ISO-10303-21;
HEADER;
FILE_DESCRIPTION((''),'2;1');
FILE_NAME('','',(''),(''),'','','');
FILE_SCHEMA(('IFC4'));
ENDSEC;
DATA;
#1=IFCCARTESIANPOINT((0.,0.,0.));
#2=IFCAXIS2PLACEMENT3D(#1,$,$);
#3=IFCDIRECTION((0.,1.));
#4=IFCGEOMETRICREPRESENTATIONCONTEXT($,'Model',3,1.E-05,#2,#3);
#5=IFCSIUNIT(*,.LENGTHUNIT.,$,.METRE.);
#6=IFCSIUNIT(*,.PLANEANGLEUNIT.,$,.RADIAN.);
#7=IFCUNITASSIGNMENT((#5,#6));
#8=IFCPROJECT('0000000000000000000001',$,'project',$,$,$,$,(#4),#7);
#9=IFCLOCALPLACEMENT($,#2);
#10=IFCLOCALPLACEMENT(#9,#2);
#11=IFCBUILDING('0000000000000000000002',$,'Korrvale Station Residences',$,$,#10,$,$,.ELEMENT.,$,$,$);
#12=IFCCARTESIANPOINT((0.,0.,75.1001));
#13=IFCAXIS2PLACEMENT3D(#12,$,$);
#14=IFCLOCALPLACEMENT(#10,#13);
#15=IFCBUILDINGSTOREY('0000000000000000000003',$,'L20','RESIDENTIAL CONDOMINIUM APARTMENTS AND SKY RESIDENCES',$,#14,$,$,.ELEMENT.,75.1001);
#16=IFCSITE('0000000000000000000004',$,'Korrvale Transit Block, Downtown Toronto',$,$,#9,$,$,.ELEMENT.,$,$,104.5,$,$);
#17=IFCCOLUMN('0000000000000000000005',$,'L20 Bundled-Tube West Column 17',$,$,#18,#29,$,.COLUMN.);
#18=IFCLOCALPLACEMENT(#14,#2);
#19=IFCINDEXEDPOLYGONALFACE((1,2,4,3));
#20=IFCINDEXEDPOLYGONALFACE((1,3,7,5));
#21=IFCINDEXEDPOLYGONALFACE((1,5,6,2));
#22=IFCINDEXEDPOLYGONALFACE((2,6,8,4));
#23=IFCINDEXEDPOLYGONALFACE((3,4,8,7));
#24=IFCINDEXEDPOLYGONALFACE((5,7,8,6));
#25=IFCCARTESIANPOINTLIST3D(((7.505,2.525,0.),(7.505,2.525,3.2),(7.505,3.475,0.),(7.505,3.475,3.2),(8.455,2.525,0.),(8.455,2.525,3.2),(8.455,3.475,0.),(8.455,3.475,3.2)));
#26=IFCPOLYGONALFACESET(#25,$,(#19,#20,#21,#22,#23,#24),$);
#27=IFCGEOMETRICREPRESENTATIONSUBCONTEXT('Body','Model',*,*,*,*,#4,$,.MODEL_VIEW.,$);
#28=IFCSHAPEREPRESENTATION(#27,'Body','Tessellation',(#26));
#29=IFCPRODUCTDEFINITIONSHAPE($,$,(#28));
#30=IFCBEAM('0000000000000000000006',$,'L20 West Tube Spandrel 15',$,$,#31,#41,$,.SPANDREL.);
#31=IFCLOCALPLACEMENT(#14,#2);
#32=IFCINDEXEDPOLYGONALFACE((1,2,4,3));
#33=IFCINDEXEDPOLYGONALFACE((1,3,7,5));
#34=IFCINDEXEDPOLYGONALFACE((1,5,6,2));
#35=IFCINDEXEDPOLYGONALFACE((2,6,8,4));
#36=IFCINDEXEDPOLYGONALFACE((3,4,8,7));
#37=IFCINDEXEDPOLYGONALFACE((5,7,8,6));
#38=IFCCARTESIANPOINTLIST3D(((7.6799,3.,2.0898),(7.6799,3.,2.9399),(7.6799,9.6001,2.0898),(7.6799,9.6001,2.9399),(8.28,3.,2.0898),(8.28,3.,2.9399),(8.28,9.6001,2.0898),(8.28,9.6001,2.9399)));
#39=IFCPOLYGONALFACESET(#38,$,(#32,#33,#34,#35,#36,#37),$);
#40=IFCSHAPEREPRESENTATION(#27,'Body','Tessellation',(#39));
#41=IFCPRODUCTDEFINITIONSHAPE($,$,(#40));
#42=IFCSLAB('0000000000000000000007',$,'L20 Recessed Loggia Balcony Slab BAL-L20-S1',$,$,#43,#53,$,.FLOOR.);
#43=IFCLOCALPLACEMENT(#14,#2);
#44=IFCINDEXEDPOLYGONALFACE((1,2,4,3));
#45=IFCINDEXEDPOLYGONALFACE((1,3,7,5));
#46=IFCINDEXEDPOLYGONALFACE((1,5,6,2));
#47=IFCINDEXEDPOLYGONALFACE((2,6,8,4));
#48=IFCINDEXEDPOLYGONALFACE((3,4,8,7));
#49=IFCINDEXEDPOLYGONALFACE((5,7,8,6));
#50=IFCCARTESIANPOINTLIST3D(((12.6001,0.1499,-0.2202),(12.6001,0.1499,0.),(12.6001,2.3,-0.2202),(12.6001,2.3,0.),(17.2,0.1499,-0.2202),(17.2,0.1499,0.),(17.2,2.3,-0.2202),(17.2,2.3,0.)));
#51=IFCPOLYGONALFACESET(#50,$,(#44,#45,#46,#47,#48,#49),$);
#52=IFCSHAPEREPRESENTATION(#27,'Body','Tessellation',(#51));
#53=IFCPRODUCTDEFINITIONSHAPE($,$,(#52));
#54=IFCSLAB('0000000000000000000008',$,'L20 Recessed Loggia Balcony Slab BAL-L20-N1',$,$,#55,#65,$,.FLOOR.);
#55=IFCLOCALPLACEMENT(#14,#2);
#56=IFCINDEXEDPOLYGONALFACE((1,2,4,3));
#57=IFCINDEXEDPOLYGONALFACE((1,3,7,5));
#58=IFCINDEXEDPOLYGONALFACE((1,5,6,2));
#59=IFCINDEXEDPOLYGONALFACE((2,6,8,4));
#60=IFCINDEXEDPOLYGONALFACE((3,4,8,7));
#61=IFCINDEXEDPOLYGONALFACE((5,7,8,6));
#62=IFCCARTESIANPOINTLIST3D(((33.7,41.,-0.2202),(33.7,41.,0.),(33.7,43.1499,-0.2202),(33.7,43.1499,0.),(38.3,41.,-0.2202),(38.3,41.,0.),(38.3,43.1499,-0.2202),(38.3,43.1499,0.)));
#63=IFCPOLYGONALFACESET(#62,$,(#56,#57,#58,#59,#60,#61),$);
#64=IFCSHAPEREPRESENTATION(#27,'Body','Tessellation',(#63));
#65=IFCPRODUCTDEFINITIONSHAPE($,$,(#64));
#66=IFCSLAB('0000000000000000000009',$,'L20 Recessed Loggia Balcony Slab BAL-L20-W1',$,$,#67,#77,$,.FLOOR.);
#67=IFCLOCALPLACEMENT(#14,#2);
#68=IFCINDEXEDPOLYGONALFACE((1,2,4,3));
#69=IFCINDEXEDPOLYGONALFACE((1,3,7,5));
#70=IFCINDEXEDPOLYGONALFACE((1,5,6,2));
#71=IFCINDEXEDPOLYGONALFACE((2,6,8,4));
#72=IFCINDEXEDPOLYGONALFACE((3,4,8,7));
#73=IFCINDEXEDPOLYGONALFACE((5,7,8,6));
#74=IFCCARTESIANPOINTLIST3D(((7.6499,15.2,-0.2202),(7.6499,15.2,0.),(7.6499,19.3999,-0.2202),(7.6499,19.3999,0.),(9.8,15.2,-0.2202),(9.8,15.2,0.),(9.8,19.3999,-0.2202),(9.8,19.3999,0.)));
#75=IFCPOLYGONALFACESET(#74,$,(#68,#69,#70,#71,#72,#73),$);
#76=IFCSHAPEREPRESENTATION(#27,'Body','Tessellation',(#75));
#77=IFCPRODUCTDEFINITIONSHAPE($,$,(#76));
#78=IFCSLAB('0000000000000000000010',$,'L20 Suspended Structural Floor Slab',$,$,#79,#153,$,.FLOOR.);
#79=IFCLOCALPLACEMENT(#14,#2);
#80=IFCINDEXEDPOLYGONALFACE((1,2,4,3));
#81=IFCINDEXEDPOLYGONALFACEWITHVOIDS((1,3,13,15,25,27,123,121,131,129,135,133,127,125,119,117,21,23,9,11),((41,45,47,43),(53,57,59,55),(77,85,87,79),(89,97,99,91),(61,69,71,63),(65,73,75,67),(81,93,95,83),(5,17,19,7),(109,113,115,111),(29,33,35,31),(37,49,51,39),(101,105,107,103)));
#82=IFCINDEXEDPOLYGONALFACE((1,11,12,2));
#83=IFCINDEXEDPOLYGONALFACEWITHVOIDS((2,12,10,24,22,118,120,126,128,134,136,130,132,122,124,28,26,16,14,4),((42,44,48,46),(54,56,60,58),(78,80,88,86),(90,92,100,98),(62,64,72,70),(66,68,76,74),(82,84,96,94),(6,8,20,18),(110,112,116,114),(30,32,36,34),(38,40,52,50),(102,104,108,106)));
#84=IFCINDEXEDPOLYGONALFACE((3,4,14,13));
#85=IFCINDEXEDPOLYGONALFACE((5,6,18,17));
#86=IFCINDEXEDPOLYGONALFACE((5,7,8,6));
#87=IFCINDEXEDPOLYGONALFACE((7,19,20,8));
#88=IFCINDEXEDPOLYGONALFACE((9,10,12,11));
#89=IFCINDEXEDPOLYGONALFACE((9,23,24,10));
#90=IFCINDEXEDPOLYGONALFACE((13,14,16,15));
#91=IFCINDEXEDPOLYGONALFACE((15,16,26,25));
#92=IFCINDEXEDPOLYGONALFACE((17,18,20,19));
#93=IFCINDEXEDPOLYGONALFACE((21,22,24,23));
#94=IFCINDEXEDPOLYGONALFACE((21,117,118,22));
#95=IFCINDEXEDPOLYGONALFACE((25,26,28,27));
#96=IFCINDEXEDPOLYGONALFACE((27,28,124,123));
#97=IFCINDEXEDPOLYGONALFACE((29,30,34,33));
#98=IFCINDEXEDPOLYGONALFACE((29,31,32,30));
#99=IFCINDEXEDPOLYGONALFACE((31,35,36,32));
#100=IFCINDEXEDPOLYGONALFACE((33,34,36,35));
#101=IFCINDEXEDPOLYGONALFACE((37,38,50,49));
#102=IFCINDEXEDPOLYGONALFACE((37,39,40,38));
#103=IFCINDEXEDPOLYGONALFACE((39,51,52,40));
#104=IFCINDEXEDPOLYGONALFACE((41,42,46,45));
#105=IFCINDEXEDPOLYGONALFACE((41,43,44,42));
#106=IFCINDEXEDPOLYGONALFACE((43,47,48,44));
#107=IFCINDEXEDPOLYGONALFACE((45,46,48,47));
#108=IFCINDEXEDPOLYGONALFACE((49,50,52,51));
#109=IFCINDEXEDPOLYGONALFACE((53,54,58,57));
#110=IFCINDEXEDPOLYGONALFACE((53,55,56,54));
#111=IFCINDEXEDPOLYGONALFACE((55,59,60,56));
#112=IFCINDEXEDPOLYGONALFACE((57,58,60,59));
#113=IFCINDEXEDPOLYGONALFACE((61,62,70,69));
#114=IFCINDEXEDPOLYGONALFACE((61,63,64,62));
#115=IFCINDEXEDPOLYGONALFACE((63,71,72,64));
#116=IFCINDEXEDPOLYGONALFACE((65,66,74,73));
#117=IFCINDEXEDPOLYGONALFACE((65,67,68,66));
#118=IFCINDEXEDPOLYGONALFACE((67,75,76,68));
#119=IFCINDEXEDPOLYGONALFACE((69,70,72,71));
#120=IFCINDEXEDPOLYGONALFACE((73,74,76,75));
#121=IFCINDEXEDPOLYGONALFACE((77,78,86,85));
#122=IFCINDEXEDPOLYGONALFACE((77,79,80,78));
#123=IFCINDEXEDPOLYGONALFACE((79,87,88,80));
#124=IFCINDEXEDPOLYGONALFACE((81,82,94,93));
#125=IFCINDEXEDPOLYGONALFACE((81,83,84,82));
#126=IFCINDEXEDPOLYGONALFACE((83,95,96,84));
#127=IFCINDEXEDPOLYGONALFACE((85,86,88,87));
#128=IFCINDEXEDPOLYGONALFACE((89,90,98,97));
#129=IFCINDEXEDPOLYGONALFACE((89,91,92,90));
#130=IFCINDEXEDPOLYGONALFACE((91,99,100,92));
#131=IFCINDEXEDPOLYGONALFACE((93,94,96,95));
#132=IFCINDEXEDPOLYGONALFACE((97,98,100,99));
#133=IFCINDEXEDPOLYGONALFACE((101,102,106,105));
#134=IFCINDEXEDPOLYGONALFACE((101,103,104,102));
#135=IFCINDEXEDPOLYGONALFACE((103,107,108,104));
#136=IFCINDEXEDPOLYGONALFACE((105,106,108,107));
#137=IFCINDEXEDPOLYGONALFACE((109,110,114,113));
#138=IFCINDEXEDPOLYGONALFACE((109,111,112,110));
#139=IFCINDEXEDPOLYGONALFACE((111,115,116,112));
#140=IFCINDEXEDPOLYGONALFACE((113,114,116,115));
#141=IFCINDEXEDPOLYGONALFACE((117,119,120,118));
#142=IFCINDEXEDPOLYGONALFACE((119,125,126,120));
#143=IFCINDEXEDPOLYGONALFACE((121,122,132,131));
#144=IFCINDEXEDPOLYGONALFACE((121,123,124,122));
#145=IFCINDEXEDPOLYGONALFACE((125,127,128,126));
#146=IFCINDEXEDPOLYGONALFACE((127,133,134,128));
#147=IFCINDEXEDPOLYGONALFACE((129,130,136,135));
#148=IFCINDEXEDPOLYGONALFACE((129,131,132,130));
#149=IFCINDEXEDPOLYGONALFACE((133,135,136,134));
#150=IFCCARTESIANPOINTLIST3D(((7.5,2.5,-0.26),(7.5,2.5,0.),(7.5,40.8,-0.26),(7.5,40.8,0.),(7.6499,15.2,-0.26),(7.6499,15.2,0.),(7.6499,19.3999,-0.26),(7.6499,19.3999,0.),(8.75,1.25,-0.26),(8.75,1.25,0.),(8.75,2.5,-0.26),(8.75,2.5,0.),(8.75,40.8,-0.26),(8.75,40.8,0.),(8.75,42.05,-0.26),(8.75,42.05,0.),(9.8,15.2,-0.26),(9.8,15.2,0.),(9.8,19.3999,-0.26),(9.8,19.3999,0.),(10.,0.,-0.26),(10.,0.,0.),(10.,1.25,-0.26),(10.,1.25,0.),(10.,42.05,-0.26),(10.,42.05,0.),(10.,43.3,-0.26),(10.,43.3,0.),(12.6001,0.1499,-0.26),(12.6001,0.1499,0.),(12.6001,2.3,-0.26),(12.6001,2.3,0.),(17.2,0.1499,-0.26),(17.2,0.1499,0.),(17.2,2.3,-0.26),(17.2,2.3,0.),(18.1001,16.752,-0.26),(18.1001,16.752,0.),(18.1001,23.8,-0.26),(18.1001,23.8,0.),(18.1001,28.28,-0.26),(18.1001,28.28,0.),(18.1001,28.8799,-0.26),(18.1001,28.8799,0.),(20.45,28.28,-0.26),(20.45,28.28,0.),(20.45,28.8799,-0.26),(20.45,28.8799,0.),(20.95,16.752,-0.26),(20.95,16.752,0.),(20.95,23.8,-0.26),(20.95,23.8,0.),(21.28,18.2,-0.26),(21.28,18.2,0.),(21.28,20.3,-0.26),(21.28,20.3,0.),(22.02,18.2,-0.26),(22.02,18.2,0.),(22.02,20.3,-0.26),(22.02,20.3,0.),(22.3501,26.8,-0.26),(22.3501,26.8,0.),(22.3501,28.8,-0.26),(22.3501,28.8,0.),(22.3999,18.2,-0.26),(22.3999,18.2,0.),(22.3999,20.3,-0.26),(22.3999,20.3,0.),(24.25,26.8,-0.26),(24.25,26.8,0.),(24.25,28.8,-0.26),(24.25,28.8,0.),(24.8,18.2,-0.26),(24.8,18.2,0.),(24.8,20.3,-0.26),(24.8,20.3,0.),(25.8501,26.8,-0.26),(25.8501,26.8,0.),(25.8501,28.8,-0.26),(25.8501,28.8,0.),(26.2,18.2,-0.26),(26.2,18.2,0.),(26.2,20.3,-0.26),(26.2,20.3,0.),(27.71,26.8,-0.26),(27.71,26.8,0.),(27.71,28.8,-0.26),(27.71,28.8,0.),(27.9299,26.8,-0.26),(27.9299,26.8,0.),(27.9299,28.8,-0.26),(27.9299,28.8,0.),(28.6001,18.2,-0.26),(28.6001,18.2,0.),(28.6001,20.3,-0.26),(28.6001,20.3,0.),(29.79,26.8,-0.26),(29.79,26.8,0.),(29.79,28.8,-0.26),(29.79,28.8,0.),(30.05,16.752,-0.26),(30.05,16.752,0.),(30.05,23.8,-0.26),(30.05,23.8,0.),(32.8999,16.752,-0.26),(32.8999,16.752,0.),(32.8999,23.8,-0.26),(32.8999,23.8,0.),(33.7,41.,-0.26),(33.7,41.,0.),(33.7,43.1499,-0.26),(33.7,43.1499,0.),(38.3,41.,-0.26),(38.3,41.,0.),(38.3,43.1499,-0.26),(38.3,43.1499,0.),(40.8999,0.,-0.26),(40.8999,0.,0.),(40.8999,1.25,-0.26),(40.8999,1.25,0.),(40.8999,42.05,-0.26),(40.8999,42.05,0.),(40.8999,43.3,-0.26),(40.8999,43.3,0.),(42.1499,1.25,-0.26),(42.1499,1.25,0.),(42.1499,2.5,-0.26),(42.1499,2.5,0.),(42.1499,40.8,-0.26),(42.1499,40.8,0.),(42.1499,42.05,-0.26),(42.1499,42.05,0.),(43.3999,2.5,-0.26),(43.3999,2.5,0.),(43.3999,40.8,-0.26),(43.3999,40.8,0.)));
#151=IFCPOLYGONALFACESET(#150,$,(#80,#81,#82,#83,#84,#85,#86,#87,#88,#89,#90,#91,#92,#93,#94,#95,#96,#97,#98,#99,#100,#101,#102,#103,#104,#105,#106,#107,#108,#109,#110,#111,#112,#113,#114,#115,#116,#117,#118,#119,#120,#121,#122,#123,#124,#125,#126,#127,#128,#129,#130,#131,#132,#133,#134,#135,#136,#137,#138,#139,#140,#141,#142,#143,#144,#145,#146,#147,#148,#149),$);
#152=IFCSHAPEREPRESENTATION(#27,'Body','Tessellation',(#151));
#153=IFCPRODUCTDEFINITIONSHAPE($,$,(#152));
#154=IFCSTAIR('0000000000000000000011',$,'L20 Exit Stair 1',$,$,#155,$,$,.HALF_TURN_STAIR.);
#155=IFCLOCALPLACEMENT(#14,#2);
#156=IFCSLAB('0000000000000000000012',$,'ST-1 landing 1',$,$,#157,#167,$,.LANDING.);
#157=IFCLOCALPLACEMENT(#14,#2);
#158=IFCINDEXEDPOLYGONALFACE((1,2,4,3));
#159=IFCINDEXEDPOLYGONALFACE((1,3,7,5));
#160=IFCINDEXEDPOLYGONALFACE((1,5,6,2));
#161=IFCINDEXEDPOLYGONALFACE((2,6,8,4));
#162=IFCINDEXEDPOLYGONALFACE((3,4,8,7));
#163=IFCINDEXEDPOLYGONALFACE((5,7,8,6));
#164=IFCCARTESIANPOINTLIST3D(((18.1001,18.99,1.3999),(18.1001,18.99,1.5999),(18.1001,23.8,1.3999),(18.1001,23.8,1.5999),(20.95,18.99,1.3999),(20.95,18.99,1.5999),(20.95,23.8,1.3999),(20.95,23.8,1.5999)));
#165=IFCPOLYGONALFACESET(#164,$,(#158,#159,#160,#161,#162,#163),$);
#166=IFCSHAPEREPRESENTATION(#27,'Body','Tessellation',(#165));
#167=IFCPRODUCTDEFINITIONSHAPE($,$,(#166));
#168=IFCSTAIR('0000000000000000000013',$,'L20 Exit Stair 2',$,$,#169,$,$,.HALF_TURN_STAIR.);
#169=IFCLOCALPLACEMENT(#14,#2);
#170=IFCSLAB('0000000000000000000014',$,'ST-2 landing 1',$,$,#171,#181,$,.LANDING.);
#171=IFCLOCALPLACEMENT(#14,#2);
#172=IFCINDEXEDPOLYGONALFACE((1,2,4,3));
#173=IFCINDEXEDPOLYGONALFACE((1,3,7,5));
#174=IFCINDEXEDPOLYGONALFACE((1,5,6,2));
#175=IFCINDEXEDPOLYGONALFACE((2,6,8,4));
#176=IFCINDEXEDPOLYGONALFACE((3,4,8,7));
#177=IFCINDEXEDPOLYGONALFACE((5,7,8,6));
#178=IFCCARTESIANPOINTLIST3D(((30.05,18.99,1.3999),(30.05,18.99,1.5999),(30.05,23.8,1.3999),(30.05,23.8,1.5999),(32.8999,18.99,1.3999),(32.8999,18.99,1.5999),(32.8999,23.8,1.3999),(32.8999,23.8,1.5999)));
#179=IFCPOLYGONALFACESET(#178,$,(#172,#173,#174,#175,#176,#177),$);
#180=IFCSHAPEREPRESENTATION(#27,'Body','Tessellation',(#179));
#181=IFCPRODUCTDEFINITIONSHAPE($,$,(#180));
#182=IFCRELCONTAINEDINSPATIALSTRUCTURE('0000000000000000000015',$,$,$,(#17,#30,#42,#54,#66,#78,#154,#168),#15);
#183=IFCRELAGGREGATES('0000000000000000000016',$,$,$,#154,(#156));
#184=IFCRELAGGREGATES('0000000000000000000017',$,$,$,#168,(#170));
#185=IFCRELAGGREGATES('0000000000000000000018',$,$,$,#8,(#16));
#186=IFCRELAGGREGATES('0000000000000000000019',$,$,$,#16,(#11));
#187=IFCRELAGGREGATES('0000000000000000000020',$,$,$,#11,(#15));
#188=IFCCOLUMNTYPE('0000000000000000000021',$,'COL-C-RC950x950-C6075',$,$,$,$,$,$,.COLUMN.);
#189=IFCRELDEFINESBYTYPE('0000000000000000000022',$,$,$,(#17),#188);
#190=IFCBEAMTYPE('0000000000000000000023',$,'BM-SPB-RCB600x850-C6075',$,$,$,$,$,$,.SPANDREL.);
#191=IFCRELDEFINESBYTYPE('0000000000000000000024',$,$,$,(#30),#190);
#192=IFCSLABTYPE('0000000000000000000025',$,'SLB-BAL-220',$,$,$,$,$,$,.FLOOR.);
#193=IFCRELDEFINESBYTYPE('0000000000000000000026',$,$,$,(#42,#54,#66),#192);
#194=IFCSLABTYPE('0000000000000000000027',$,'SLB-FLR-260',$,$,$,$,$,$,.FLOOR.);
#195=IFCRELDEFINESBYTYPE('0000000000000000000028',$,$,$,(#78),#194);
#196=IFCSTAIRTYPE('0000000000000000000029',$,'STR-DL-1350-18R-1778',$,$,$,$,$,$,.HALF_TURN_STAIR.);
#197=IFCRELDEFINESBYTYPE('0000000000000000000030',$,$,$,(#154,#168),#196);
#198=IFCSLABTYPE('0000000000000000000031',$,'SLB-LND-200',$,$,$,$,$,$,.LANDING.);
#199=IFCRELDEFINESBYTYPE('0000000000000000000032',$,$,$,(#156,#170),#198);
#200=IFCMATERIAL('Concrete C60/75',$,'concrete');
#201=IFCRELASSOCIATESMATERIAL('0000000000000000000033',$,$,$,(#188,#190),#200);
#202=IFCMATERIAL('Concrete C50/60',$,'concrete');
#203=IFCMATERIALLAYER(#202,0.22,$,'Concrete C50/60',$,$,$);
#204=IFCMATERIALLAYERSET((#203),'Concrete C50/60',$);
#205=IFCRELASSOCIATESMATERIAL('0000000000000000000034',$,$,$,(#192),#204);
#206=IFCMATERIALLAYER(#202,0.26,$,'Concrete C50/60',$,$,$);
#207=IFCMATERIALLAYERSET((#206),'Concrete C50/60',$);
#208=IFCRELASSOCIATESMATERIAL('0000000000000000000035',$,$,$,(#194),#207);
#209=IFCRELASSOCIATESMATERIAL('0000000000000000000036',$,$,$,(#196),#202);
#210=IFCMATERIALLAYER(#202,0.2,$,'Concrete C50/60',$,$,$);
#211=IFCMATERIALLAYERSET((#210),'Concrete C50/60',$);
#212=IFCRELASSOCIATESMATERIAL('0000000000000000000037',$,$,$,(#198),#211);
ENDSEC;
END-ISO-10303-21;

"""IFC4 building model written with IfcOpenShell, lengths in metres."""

from ifc_helpers import new_model, si_unit, direction, frame, origin, origin_2d, place, context, subcontext, project, spatial, polyline, rectangle, outline, extrude, material, layer, layer_set, material_profile, profile_set, type_object, element, aggregate, save


model = new_model("IFC4")

# Units and contexts
model_context = context("Model", 3, precision=1e-05, world=origin(), true_north=direction((0.0, 1.0)))
body_context = subcontext(model_context, "Body", "Model", "MODEL_VIEW")
ifc_project = project(units=[si_unit("LENGTHUNIT", "METRE"), si_unit("PLANEANGLEUNIT", "RADIAN")], contexts=[model_context])

# Site, building, storey
site_placement = place(None, origin())
site = spatial("IfcSite", under=ifc_project, at=site_placement, Name="Korrvale Transit Block, Downtown Toronto", CompositionType="ELEMENT", RefElevation=104.5)
building_placement = place(site_placement, origin())
building = spatial("IfcBuilding", under=site, at=building_placement, Name="Korrvale Station Residences", CompositionType="ELEMENT")
storey_placement = place(building_placement, frame((0.0, 0.0, 75.1001)))
storey = spatial("IfcBuildingStorey", under=building, at=storey_placement, Name="L20", Description="RESIDENTIAL CONDOMINIUM APARTMENTS AND SKY RESIDENCES", CompositionType="ELEMENT", Elevation=75.1001)

# Column
ifc_material_1 = material(Name="Concrete C60/75", Category="concrete")
ifc_material_profile_1 = material_profile(ifc_material_1, rectangle(XDim=0.95, YDim=0.95, at=origin_2d()), Name="RC950x950")
ifc_profile_set_1 = profile_set([ifc_material_profile_1], Name="Concrete C60/75")
column_type = type_object("IfcColumnType", Name="COL-C-RC950x950-C6075", PredefinedType="COLUMN", material=ifc_profile_set_1)
column_placement = place(storey_placement, frame((7.98, 3.0, 0.0), z_axis=(0.0, 0.0, 1.0), x_axis=(1.0, 0.0, 0.0)))
element("IfcColumn", 1, at=column_placement, inside=storey, type_object=column_type, Name="L20 Bundled-Tube West Column 17", PredefinedType="COLUMN", context=body_context, shape_type="SweptSolid", body=[
    extrude(rectangle(XDim=0.95, YDim=0.95, at=origin_2d()), origin(), (0.0, 0.0, 1.0), 3.2),
])

# Beam
ifc_material_profile_2 = material_profile(ifc_material_1, rectangle(XDim=0.6001, YDim=0.8501, at=origin_2d()), Name="RCB600x850")
ifc_profile_set_2 = profile_set([ifc_material_profile_2], Name="Concrete C60/75")
beam_type = type_object("IfcBeamType", Name="BM-SPB-RCB600x850-C6075", PredefinedType="SPANDREL", material=ifc_profile_set_2)
beam_placement = place(storey_placement, frame((7.98, 3.0, 2.5149), z_axis=(0.0, 1.0, 0.0), x_axis=(-1.0, 0.0, 0.0)))
element("IfcBeam", 2, at=beam_placement, inside=storey, type_object=beam_type, Name="L20 West Tube Spandrel 15", PredefinedType="SPANDREL", context=body_context, shape_type="SweptSolid", body=[
    extrude(rectangle(XDim=0.6001, YDim=0.8501, at=origin_2d()), origin(), (0.0, 0.0, 1.0), 6.6001),
])

# Slabs
ifc_material_2 = material(Name="Concrete C50/60", Category="concrete")
ifc_layer_1 = layer(ifc_material_2, 0.22, Name="Concrete C50/60")
ifc_layer_set_1 = layer_set([ifc_layer_1], Name="Concrete C50/60")
slab_type_1 = type_object("IfcSlabType", Name="SLB-BAL-220", PredefinedType="FLOOR", material=ifc_layer_set_1)
slab_1_placement = place(storey_placement, frame((0.0, 0.0, -0.2202)))
element("IfcSlab", 3, at=slab_1_placement, inside=storey, type_object=slab_type_1, Name="L20 Recessed Loggia Balcony Slab BAL-L20-S1", PredefinedType="FLOOR", context=body_context, shape_type="SweptSolid", body=[
    extrude(outline(polyline([(12.6001, 0.1499), (17.2, 0.1499), (17.2, 2.3), (12.6001, 2.3), (12.6001, 0.1499)])), origin(), (0.0, 0.0, 1.0), 0.2202),
])
slab_2_placement = place(storey_placement, frame((0.0, 0.0, -0.2202)))
element("IfcSlab", 4, at=slab_2_placement, inside=storey, type_object=slab_type_1, Name="L20 Recessed Loggia Balcony Slab BAL-L20-N1", PredefinedType="FLOOR", context=body_context, shape_type="SweptSolid", body=[
    extrude(outline(polyline([(33.7, 41.0), (38.3, 41.0), (38.3, 43.1499), (33.7, 43.1499), (33.7, 41.0)])), origin(), (0.0, 0.0, 1.0), 0.2202),
])
slab_3_placement = place(storey_placement, frame((0.0, 0.0, -0.2202)))
element("IfcSlab", 5, at=slab_3_placement, inside=storey, type_object=slab_type_1, Name="L20 Recessed Loggia Balcony Slab BAL-L20-W1", PredefinedType="FLOOR", context=body_context, shape_type="SweptSolid", body=[
    extrude(outline(polyline([(7.6499, 15.2), (9.8, 15.2), (9.8, 19.3999), (7.6499, 19.3999), (7.6499, 15.2)])), origin(), (0.0, 0.0, 1.0), 0.2202),
])
ifc_layer_2 = layer(ifc_material_2, 0.26, Name="Concrete C50/60")
ifc_layer_set_2 = layer_set([ifc_layer_2], Name="Concrete C50/60")
slab_type_2 = type_object("IfcSlabType", Name="SLB-FLR-260", PredefinedType="FLOOR", material=ifc_layer_set_2)
slab_4_placement = place(storey_placement, frame((0.0, 0.0, -0.26)))
element("IfcSlab", 6, at=slab_4_placement, inside=storey, type_object=slab_type_2, Name="L20 Suspended Structural Floor Slab", PredefinedType="FLOOR", context=body_context, shape_type="SweptSolid", body=[
    extrude(outline(polyline([(10.0, 0.0), (40.8999, 0.0), (40.8999, 1.25), (42.1499, 1.25), (42.1499, 2.5), (43.3999, 2.5), (43.3999, 40.8), (42.1499, 40.8), (42.1499, 42.05), (40.8999, 42.05), (40.8999, 43.3), (10.0, 43.3), (10.0, 42.05), (8.75, 42.05), (8.75, 40.8), (7.5, 40.8), (7.5, 2.5), (8.75, 2.5), (8.75, 1.25), (10.0, 1.25), (10.0, 0.0)]), holes=[polyline([(20.95, 16.752), (20.95, 23.8), (18.1001, 23.8), (18.1001, 16.752), (20.95, 16.752)]), polyline([(32.8999, 16.752), (32.8999, 23.8), (30.05, 23.8), (30.05, 16.752), (32.8999, 16.752)]), polyline([(22.3501, 26.8), (24.25, 26.8), (24.25, 28.8), (22.3501, 28.8), (22.3501, 26.8)]), polyline([(25.8501, 26.8), (27.71, 26.8), (27.71, 28.8), (25.8501, 28.8), (25.8501, 26.8)]), polyline([(27.9299, 26.8), (29.79, 26.8), (29.79, 28.8), (27.9299, 28.8), (27.9299, 26.8)]), polyline([(22.3999, 18.2), (24.8, 18.2), (24.8, 20.3), (22.3999, 20.3), (22.3999, 18.2)]), polyline([(26.2, 18.2), (28.6001, 18.2), (28.6001, 20.3), (26.2, 20.3), (26.2, 18.2)]), polyline([(18.1001, 28.28), (20.45, 28.28), (20.45, 28.8799), (18.1001, 28.8799), (18.1001, 28.28)]), polyline([(21.28, 18.2), (22.02, 18.2), (22.02, 20.3), (21.28, 20.3), (21.28, 18.2)]), polyline([(12.6001, 0.1499), (17.2, 0.1499), (17.2, 2.3), (12.6001, 2.3), (12.6001, 0.1499)]), polyline([(33.7, 41.0), (38.3, 41.0), (38.3, 43.1499), (33.7, 43.1499), (33.7, 41.0)]), polyline([(7.6499, 15.2), (9.8, 15.2), (9.8, 19.3999), (7.6499, 19.3999), (7.6499, 15.2)])]), origin(), (0.0, 0.0, 1.0), 0.26),
])

# Stairs, slabs
stair_type = type_object("IfcStairType", Name="STR-DL-1350-18R-1778", PredefinedType="HALF_TURN_STAIR", material=ifc_material_2)
stair_1_placement = place(storey_placement, origin())
stair_1 = element("IfcStair", 7, at=stair_1_placement, inside=storey, type_object=stair_type, Name="L20 Exit Stair 1", PredefinedType="HALF_TURN_STAIR")
ifc_layer_3 = layer(ifc_material_2, 0.2, Name="Concrete C50/60")
ifc_layer_set_3 = layer_set([ifc_layer_3], Name="Concrete C50/60")
slab_type_3 = type_object("IfcSlabType", Name="SLB-LND-200", PredefinedType="LANDING", material=ifc_layer_set_3)
slab_5_placement = place(storey_placement, frame((0.0, 0.0, 1.3999)))
slab_5 = element("IfcSlab", 8, at=slab_5_placement, type_object=slab_type_3, Name="ST-1 landing 1", PredefinedType="LANDING", context=body_context, shape_type="SweptSolid", body=[
    extrude(outline(polyline([(20.95, 18.99), (20.95, 23.8), (18.1001, 23.8), (18.1001, 18.99), (20.95, 18.99)])), origin(), (0.0, 0.0, 1.0), 0.2),
])
aggregate(stair_1, [slab_5])
stair_2_placement = place(storey_placement, origin())
stair_2 = element("IfcStair", 9, at=stair_2_placement, inside=storey, type_object=stair_type, Name="L20 Exit Stair 2", PredefinedType="HALF_TURN_STAIR")
slab_6_placement = place(storey_placement, frame((0.0, 0.0, 1.3999)))
slab_6 = element("IfcSlab", 10, at=slab_6_placement, type_object=slab_type_3, Name="ST-2 landing 1", PredefinedType="LANDING", context=body_context, shape_type="SweptSolid", body=[
    extrude(outline(polyline([(32.8999, 18.99), (32.8999, 23.8), (30.05, 23.8), (30.05, 18.99), (32.8999, 18.99)])), origin(), (0.0, 0.0, 1.0), 0.2),
])
aggregate(stair_2, [slab_6])

save(model, "model.ifc")
